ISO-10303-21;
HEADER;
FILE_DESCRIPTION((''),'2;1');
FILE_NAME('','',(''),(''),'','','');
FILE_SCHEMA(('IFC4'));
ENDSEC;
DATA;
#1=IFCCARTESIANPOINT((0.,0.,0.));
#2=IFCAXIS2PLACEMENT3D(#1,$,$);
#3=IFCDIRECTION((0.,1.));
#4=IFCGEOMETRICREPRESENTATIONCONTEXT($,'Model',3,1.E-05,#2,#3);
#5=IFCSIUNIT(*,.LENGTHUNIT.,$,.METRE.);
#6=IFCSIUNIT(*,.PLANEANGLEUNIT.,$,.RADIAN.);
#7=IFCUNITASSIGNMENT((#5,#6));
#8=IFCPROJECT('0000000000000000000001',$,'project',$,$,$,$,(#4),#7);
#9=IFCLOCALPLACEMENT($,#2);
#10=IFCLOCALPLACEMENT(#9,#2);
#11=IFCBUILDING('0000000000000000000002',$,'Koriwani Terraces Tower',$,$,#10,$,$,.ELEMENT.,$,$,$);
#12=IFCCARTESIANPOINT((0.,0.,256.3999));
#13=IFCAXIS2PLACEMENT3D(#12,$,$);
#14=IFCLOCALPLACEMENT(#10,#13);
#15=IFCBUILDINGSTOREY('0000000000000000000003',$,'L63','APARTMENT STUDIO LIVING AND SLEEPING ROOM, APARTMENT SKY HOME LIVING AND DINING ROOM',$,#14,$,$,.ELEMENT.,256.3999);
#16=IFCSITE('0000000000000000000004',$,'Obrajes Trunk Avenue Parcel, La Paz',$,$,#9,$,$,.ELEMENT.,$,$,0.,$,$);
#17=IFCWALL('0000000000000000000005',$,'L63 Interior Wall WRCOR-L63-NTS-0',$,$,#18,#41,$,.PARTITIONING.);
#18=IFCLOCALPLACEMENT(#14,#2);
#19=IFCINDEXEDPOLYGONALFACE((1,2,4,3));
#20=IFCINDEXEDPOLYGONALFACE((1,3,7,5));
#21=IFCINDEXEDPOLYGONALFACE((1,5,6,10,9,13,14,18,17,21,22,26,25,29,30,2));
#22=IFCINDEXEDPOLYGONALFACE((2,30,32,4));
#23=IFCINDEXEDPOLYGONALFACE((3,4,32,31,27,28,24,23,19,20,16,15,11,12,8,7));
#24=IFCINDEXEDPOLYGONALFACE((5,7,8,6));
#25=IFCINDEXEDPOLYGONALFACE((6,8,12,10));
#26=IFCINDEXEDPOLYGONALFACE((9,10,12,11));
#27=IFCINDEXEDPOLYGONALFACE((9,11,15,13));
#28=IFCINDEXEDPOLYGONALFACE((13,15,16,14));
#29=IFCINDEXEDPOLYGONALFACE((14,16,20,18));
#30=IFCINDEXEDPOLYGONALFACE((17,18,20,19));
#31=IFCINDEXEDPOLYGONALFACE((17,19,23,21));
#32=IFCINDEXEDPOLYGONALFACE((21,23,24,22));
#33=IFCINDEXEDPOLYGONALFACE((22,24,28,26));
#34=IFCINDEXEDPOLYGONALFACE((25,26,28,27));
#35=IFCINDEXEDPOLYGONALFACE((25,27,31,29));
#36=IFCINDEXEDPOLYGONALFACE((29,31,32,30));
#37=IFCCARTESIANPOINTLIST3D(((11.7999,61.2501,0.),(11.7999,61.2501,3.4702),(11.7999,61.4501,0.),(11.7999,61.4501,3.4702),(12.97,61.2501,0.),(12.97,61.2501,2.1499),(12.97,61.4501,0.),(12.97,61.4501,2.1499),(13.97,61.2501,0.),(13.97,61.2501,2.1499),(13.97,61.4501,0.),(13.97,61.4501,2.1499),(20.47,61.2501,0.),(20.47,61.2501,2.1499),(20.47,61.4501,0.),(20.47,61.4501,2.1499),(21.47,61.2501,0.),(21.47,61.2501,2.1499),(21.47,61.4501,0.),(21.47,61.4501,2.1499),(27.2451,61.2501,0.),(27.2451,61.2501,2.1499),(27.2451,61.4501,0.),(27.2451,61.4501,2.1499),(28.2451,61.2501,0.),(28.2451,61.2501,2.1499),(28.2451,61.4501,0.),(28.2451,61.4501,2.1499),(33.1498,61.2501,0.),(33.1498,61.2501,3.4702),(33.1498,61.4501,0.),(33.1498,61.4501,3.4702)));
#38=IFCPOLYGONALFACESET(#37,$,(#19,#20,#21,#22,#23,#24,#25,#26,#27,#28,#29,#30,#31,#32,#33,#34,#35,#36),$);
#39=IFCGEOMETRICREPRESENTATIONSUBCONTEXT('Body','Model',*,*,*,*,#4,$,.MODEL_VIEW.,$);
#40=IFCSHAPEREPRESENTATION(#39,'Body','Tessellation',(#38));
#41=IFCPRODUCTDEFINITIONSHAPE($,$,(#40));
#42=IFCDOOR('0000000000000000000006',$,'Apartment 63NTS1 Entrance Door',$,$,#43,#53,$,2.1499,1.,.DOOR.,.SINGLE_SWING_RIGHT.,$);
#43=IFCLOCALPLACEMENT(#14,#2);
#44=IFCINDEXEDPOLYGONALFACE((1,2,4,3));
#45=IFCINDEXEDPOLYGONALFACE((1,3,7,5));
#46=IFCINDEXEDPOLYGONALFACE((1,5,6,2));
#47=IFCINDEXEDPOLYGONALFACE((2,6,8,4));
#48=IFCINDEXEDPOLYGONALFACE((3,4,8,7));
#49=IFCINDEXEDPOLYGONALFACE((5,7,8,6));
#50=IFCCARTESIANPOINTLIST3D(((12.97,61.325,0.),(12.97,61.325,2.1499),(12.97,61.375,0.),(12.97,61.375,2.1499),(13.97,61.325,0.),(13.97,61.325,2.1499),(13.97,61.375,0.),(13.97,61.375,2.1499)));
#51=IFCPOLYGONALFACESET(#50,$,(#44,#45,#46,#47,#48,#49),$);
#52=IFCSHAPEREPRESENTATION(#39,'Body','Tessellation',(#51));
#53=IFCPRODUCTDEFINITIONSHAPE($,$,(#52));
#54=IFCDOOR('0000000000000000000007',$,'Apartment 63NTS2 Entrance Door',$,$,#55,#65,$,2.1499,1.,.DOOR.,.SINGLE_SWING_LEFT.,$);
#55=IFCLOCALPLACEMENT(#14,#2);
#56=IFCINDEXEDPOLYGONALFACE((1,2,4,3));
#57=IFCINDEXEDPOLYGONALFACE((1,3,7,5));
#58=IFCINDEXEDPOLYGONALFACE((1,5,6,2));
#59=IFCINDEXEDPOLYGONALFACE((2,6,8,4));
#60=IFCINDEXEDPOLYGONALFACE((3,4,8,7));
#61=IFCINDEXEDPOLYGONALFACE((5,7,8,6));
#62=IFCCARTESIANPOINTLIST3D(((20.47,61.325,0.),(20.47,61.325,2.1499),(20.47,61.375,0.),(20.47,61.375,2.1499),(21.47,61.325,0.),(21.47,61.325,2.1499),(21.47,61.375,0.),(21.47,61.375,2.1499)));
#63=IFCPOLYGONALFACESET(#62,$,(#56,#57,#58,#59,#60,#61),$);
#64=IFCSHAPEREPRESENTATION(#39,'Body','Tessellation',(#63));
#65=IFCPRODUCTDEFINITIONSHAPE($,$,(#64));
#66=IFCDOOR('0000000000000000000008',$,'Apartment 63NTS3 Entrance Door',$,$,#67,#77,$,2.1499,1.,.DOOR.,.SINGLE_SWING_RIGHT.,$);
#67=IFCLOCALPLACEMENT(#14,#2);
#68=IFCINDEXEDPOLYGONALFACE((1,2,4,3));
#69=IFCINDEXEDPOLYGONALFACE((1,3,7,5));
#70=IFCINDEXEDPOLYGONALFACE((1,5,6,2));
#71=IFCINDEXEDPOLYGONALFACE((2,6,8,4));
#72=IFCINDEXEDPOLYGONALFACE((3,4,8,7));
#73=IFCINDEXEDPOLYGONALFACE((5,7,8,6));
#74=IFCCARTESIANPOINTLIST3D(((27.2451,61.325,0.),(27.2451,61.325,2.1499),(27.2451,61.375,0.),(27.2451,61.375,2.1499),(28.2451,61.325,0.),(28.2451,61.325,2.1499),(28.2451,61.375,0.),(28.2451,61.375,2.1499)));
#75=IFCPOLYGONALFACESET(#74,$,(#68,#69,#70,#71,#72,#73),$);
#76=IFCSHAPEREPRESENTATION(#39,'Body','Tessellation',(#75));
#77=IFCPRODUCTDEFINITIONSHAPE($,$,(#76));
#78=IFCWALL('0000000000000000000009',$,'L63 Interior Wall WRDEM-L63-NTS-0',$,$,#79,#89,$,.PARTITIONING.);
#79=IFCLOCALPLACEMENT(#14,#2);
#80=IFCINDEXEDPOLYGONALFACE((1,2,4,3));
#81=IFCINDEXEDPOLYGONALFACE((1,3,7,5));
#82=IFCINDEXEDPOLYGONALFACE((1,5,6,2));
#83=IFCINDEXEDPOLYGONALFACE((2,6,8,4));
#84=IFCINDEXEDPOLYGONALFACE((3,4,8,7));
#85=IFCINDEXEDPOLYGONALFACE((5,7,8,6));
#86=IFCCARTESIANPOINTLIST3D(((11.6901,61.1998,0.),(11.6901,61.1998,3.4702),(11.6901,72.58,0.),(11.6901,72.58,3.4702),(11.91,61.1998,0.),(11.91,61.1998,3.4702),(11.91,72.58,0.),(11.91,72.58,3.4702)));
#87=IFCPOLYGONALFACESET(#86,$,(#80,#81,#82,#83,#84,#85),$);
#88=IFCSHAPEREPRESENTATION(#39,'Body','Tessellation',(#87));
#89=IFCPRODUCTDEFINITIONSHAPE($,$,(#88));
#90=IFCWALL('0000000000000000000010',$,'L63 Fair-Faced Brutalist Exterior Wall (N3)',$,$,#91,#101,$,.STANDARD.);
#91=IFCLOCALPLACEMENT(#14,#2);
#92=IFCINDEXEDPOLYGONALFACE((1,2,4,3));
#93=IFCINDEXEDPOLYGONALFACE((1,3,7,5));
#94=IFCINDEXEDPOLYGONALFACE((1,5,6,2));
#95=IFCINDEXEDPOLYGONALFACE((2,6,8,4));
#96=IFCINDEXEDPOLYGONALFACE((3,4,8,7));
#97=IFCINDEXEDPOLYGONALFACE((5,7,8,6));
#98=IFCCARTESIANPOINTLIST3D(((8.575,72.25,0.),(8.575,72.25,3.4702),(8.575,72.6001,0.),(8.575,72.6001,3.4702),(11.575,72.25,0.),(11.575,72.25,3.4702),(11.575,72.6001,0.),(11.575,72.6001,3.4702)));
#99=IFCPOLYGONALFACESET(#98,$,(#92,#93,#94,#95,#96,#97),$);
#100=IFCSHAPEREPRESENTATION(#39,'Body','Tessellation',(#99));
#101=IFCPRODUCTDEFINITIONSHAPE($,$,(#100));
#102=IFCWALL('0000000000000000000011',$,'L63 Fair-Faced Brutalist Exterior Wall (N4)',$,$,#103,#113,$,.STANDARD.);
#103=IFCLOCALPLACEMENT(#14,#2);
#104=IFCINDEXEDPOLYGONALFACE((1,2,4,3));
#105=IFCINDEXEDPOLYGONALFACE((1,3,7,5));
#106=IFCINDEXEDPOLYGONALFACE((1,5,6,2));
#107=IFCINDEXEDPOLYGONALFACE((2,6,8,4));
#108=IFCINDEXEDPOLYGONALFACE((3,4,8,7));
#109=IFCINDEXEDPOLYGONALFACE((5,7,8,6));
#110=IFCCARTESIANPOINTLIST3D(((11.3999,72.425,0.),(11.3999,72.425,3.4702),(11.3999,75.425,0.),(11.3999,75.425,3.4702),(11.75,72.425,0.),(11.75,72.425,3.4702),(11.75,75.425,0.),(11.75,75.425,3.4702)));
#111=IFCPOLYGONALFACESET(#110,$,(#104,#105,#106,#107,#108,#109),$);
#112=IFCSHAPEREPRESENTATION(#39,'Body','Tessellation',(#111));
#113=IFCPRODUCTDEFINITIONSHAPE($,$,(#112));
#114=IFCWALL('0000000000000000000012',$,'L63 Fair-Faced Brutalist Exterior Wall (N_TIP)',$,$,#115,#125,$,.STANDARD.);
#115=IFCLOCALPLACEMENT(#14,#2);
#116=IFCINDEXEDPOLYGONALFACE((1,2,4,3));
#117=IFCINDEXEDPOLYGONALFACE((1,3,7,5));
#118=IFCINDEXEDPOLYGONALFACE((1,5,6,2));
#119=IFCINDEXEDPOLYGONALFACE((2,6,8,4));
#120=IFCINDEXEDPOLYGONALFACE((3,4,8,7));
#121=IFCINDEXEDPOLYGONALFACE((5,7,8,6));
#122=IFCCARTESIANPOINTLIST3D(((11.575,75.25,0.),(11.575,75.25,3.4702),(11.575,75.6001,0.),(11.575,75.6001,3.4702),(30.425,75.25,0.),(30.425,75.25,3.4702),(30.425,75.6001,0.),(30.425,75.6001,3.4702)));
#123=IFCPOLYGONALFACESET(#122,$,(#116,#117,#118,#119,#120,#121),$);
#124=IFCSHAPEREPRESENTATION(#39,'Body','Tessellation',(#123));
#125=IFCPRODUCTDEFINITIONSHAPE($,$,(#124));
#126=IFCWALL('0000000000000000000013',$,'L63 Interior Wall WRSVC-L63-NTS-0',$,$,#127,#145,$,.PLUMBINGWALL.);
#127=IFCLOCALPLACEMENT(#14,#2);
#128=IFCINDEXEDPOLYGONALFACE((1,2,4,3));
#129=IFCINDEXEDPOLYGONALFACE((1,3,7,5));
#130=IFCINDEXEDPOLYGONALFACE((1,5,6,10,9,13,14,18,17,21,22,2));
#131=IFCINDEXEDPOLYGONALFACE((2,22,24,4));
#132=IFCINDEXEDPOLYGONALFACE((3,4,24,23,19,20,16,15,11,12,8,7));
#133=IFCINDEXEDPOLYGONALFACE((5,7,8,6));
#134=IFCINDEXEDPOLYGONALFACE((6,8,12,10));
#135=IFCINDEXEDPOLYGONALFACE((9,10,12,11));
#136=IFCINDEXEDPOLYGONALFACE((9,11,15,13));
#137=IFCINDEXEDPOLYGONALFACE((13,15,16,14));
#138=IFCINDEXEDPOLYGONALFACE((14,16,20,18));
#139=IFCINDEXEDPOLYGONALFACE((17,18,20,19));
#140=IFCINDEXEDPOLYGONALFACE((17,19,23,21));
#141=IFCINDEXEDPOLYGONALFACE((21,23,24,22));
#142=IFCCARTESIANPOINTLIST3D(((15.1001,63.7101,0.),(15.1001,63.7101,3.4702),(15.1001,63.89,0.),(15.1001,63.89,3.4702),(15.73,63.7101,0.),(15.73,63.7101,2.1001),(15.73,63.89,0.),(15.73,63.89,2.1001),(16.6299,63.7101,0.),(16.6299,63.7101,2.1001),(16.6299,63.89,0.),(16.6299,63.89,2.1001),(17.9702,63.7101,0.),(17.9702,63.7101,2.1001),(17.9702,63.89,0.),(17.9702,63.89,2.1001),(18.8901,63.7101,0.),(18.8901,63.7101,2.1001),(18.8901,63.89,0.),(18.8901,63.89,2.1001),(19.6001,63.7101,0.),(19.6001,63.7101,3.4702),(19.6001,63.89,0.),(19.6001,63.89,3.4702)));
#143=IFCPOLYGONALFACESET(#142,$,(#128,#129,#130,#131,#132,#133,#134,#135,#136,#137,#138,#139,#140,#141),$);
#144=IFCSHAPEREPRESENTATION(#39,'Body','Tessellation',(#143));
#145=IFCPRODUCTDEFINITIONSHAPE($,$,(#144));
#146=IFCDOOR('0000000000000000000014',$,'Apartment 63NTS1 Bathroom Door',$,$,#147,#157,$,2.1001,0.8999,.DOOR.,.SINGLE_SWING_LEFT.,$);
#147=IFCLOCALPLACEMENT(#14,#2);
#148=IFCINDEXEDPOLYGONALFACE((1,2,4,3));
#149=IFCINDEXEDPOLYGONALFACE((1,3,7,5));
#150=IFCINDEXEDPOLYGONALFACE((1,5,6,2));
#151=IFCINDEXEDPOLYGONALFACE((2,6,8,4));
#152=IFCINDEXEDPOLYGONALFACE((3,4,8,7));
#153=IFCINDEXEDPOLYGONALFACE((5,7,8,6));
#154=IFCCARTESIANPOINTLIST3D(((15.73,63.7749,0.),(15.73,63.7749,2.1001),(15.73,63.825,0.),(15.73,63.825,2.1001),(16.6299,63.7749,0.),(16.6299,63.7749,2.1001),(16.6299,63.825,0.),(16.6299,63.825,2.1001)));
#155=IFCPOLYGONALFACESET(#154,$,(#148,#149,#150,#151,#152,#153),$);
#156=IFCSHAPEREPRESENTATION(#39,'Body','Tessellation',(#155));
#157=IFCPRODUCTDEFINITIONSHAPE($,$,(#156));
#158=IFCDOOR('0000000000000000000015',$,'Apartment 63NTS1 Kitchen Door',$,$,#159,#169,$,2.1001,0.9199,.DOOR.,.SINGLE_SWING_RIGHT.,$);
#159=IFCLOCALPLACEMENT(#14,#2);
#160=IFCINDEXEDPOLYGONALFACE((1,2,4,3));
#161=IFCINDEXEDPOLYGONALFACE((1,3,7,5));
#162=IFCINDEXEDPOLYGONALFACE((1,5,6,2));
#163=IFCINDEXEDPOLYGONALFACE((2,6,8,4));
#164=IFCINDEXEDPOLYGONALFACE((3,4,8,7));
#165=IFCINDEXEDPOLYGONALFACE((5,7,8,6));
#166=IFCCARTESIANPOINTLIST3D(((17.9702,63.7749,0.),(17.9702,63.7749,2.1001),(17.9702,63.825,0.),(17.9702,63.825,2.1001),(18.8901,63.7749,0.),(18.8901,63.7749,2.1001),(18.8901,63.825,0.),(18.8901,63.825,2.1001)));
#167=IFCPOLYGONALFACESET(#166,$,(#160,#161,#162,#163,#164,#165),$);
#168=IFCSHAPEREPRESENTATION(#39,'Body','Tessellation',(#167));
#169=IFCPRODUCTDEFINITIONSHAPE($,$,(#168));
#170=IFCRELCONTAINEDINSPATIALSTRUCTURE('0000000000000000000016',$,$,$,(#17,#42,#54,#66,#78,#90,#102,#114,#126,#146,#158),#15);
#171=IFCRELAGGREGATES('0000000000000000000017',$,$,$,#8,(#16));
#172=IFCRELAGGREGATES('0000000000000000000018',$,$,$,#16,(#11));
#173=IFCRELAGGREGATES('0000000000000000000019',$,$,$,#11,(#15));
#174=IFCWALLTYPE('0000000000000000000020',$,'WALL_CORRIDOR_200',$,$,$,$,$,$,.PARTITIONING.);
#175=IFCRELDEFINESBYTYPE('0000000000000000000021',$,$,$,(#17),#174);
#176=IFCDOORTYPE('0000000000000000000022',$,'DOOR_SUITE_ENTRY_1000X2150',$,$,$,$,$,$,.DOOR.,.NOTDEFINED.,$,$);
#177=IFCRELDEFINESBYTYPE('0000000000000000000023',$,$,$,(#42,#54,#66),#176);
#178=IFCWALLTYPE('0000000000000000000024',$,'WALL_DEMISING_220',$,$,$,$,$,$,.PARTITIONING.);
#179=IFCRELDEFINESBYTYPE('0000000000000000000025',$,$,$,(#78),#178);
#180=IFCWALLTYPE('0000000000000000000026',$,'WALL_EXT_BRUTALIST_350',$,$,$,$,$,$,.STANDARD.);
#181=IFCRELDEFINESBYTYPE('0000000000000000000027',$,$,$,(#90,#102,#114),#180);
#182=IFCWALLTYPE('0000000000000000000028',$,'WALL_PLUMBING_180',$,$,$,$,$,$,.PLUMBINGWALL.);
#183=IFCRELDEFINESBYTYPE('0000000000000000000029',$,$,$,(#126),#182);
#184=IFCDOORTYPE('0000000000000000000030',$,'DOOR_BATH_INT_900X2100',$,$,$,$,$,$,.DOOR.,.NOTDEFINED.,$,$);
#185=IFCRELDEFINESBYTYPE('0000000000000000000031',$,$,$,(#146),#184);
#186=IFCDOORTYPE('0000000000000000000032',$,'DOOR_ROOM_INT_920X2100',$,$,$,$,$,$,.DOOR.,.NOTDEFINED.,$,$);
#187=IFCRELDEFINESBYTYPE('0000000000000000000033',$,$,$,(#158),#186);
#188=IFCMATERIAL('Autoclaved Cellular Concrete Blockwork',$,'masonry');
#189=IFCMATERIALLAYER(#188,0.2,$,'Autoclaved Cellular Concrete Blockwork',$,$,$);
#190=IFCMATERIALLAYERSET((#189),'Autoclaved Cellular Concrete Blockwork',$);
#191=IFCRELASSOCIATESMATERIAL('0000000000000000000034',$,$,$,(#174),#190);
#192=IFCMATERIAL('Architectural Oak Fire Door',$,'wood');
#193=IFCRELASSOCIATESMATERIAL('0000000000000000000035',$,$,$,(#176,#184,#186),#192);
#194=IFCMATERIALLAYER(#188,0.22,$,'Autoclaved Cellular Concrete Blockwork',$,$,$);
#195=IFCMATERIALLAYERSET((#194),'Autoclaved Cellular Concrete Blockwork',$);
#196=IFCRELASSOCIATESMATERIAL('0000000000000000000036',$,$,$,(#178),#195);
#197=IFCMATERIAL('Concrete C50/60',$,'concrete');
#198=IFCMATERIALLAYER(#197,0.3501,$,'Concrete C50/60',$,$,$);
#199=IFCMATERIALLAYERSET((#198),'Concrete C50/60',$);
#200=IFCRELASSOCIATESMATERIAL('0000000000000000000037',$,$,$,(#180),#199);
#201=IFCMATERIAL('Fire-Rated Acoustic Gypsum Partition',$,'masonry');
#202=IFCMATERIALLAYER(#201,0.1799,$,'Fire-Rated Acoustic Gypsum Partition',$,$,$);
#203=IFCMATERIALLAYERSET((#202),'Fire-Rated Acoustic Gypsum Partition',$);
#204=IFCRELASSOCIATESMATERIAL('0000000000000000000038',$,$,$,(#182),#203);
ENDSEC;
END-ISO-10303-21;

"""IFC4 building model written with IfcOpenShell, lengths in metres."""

from ifc_helpers import new_model, si_unit, direction, frame, frame_2d, origin, place, context, subcontext, project, spatial, rectangle, extrude, material, layer, layer_set, type_object, element, fill, save


model = new_model("IFC4")

# Units and contexts
model_context = context("Model", 3, precision=1e-05, world=origin(), true_north=direction((0.0, 1.0)))
body_context = subcontext(model_context, "Body", "Model", "MODEL_VIEW")
ifc_project = project(units=[si_unit("LENGTHUNIT", "METRE"), si_unit("PLANEANGLEUNIT", "RADIAN")], contexts=[model_context])

# Site, building, storey
site_placement = place(None, origin())
site = spatial("IfcSite", under=ifc_project, at=site_placement, Name="Obrajes Trunk Avenue Parcel, La Paz", CompositionType="ELEMENT", RefElevation=0.0)
building_placement = place(site_placement, origin())
building = spatial("IfcBuilding", under=site, at=building_placement, Name="Koriwani Terraces Tower", CompositionType="ELEMENT")
storey_placement = place(building_placement, frame((0.0, 0.0, 256.3999)))
storey = spatial("IfcBuildingStorey", under=building, at=storey_placement, Name="L63", Description="APARTMENT STUDIO LIVING AND SLEEPING ROOM, APARTMENT SKY HOME LIVING AND DINING ROOM", CompositionType="ELEMENT", Elevation=256.3999)

# Shared definitions
ifc_material_1 = material(Name="Concrete C50/60", Category="concrete")

# Shared definitions
ifc_material_2 = material(Name="Autoclaved Cellular Concrete Blockwork", Category="masonry")
ifc_layer_1 = layer(ifc_material_2, 0.2, Name="Autoclaved Cellular Concrete Blockwork")
ifc_layer_set_1 = layer_set([ifc_layer_1], Name="Autoclaved Cellular Concrete Blockwork")
wall_type_1 = type_object("IfcWallType", Name="WALL_CORRIDOR_200", PredefinedType="PARTITIONING", material=ifc_layer_set_1)
ifc_material_3 = material(Name="Architectural Oak Fire Door", Category="wood")
door_type_1 = type_object("IfcDoorType", Name="DOOR_SUITE_ENTRY_1000X2150", OperationType="NOTDEFINED", PredefinedType="DOOR", material=ifc_material_3)

# Wall, openings, doors
wall_1_placement = place(storey_placement, frame((11.8, 61.3501, 0.0), z_axis=(0.0, 0.0, 1.0), x_axis=(1.0, 0.0, 0.0)))
wall_1 = element("IfcWall", 1, at=wall_1_placement, inside=storey, type_object=wall_type_1, Name="L63 Interior Wall WRCOR-L63-NTS-0", PredefinedType="PARTITIONING", context=body_context, shape_type="SweptSolid", body=[
    extrude(rectangle(XDim=21.3499, YDim=0.2, at=frame_2d((10.6748, 0.0))), origin(), (0.0, 0.0, 1.0), 3.4702),
])
opening_1_placement = place(wall_1_placement, frame((1.1699, 0.0, 0.0)))
opening_1 = element("IfcOpeningElement", 2, at=opening_1_placement, cuts=wall_1, PredefinedType="OPENING", context=body_context, shape_type="SweptSolid", body=[
    extrude(rectangle(XDim=1.0, YDim=2.1499, at=frame_2d((0.5, 1.075))), frame((0.0, 0.1099, 0.0), z_axis=(0.0, -1.0, 0.0), x_axis=(1.0, 0.0, 0.0)), (0.0, 0.0, 1.0), 0.22),
])
opening_2_placement = place(wall_1_placement, frame((8.6699, 0.0, 0.0)))
opening_2 = element("IfcOpeningElement", 3, at=opening_2_placement, cuts=wall_1, PredefinedType="OPENING", context=body_context, shape_type="SweptSolid", body=[
    extrude(rectangle(XDim=1.0, YDim=2.1499, at=frame_2d((0.5, 1.075))), frame((0.0, 0.1099, 0.0), z_axis=(0.0, -1.0, 0.0), x_axis=(1.0, 0.0, 0.0)), (0.0, 0.0, 1.0), 0.22),
])
opening_3_placement = place(wall_1_placement, frame((15.4451, 0.0, 0.0)))
opening_3 = element("IfcOpeningElement", 4, at=opening_3_placement, cuts=wall_1, PredefinedType="OPENING", context=body_context, shape_type="SweptSolid", body=[
    extrude(rectangle(XDim=1.0, YDim=2.1499, at=frame_2d((0.5, 1.075))), frame((0.0, 0.1099, 0.0), z_axis=(0.0, -1.0, 0.0), x_axis=(1.0, 0.0, 0.0)), (0.0, 0.0, 1.0), 0.22),
])
door_1_placement = place(opening_1_placement, origin())
door_1 = element("IfcDoor", 5, at=door_1_placement, inside=storey, type_object=door_type_1, Name="Apartment 63NTS1 Entrance Door", OperationType="SINGLE_SWING_RIGHT", OverallHeight=2.1499, OverallWidth=1.0, PredefinedType="DOOR", context=body_context, shape_type="SweptSolid", body=[
    extrude(rectangle(XDim=1.0, YDim=2.1499, at=frame_2d((0.5, 1.075))), frame((0.0, 0.0249, 0.0), z_axis=(0.0, -1.0, 0.0), x_axis=(1.0, 0.0, 0.0)), (0.0, 0.0, 1.0), 0.05),
])
fill(opening_1, door_1)
door_2_placement = place(opening_2_placement, origin())
door_2 = element("IfcDoor", 6, at=door_2_placement, inside=storey, type_object=door_type_1, Name="Apartment 63NTS2 Entrance Door", OperationType="SINGLE_SWING_LEFT", OverallHeight=2.1499, OverallWidth=1.0, PredefinedType="DOOR", context=body_context, shape_type="SweptSolid", body=[
    extrude(rectangle(XDim=1.0, YDim=2.1499, at=frame_2d((0.5, 1.075))), frame((0.0, 0.0249, 0.0), z_axis=(0.0, -1.0, 0.0), x_axis=(1.0, 0.0, 0.0)), (0.0, 0.0, 1.0), 0.05),
])
fill(opening_2, door_2)
door_3_placement = place(opening_3_placement, origin())
door_3 = element("IfcDoor", 7, at=door_3_placement, inside=storey, type_object=door_type_1, Name="Apartment 63NTS3 Entrance Door", OperationType="SINGLE_SWING_RIGHT", OverallHeight=2.1499, OverallWidth=1.0, PredefinedType="DOOR", context=body_context, shape_type="SweptSolid", body=[
    extrude(rectangle(XDim=1.0, YDim=2.1499, at=frame_2d((0.5, 1.075))), frame((0.0, 0.0249, 0.0), z_axis=(0.0, -1.0, 0.0), x_axis=(1.0, 0.0, 0.0)), (0.0, 0.0, 1.0), 0.05),
])
fill(opening_3, door_3)

# Walls
ifc_layer_2 = layer(ifc_material_2, 0.22, Name="Autoclaved Cellular Concrete Blockwork")
ifc_layer_set_2 = layer_set([ifc_layer_2], Name="Autoclaved Cellular Concrete Blockwork")
wall_type_2 = type_object("IfcWallType", Name="WALL_DEMISING_220", PredefinedType="PARTITIONING", material=ifc_layer_set_2)
wall_2_placement = place(storey_placement, frame((11.8, 61.2, 0.0), z_axis=(0.0, 0.0, 1.0), x_axis=(0.0, 1.0, 0.0)))
element("IfcWall", 8, at=wall_2_placement, inside=storey, type_object=wall_type_2, Name="L63 Interior Wall WRDEM-L63-NTS-0", PredefinedType="PARTITIONING", context=body_context, shape_type="SweptSolid", body=[
    extrude(rectangle(XDim=11.3801, YDim=0.22, at=frame_2d((5.6899, 0.0))), origin(), (0.0, 0.0, 1.0), 3.4702),
])
ifc_layer_3 = layer(ifc_material_1, 0.3501, Name="Concrete C50/60")
ifc_layer_set_3 = layer_set([ifc_layer_3], Name="Concrete C50/60")
wall_type_3 = type_object("IfcWallType", Name="WALL_EXT_BRUTALIST_350", PredefinedType="STANDARD", material=ifc_layer_set_3)
for number, where, z_axis, x_axis, name in (
    (9, (8.575, 72.425, 0.0), (0.0, 0.0, 1.0), (1.0, 0.0, 0.0), "L63 Fair-Faced Brutalist Exterior Wall (N3)"),
    (10, (11.575, 72.425, 0.0), (0.0, 0.0, 1.0), (0.0, 1.0, 0.0), "L63 Fair-Faced Brutalist Exterior Wall (N4)"),
):
    element("IfcWall", number, at=place(storey_placement, frame(where, z_axis=z_axis, x_axis=x_axis)), inside=storey, type_object=wall_type_3, Name=name, PredefinedType="STANDARD", context=body_context, shape_type="SweptSolid", body=[
        extrude(rectangle(XDim=3.0, YDim=0.3501, at=frame_2d((1.5, 0.0))), origin(), (0.0, 0.0, 1.0), 3.4702),
    ])
wall_3_placement = place(storey_placement, frame((11.575, 75.425, 0.0), z_axis=(0.0, 0.0, 1.0), x_axis=(1.0, 0.0, 0.0)))
element("IfcWall", 11, at=wall_3_placement, inside=storey, type_object=wall_type_3, Name="L63 Fair-Faced Brutalist Exterior Wall (N_TIP)", PredefinedType="STANDARD", context=body_context, shape_type="SweptSolid", body=[
    extrude(rectangle(XDim=18.8501, YDim=0.3501, at=frame_2d((9.425, 0.0))), origin(), (0.0, 0.0, 1.0), 3.4702),
])

# Wall, openings, doors
ifc_material_4 = material(Name="Fire-Rated Acoustic Gypsum Partition", Category="masonry")
ifc_layer_4 = layer(ifc_material_4, 0.1799, Name="Fire-Rated Acoustic Gypsum Partition")
ifc_layer_set_4 = layer_set([ifc_layer_4], Name="Fire-Rated Acoustic Gypsum Partition")
wall_type_4 = type_object("IfcWallType", Name="WALL_PLUMBING_180", PredefinedType="PLUMBINGWALL", material=ifc_layer_set_4)
wall_4_placement = place(storey_placement, frame((15.1001, 63.8, 0.0), z_axis=(0.0, 0.0, 1.0), x_axis=(1.0, 0.0, 0.0)))
wall_4 = element("IfcWall", 12, at=wall_4_placement, inside=storey, type_object=wall_type_4, Name="L63 Interior Wall WRSVC-L63-NTS-0", PredefinedType="PLUMBINGWALL", context=body_context, shape_type="SweptSolid", body=[
    extrude(rectangle(XDim=4.5, YDim=0.1799, at=frame_2d((2.25, 0.0))), origin(), (0.0, 0.0, 1.0), 3.4702),
])
opening_4_placement = place(wall_4_placement, frame((0.6299, 0.0, 0.0)))
opening_4 = element("IfcOpeningElement", 13, at=opening_4_placement, cuts=wall_4, PredefinedType="OPENING", context=body_context, shape_type="SweptSolid", body=[
    extrude(rectangle(XDim=0.8999, YDim=2.1001, at=frame_2d((0.45, 1.05))), frame((0.0, 0.1001, 0.0), z_axis=(0.0, -1.0, 0.0), x_axis=(1.0, 0.0, 0.0)), (0.0, 0.0, 1.0), 0.2),
])
opening_5_placement = place(wall_4_placement, frame((2.8701, 0.0, 0.0)))
opening_5 = element("IfcOpeningElement", 14, at=opening_5_placement, cuts=wall_4, PredefinedType="OPENING", context=body_context, shape_type="SweptSolid", body=[
    extrude(rectangle(XDim=0.9199, YDim=2.1001, at=frame_2d((0.46, 1.05))), frame((0.0, 0.1001, 0.0), z_axis=(0.0, -1.0, 0.0), x_axis=(1.0, 0.0, 0.0)), (0.0, 0.0, 1.0), 0.2),
])
door_type_2 = type_object("IfcDoorType", Name="DOOR_BATH_INT_900X2100", OperationType="NOTDEFINED", PredefinedType="DOOR", material=ifc_material_3)
door_4_placement = place(opening_4_placement, origin())
door_4 = element("IfcDoor", 15, at=door_4_placement, inside=storey, type_object=door_type_2, Name="Apartment 63NTS1 Bathroom Door", OperationType="SINGLE_SWING_LEFT", OverallHeight=2.1001, OverallWidth=0.8999, PredefinedType="DOOR", context=body_context, shape_type="SweptSolid", body=[
    extrude(rectangle(XDim=0.8999, YDim=2.1001, at=frame_2d((0.45, 1.05))), frame((0.0, 0.0249, 0.0), z_axis=(0.0, -1.0, 0.0), x_axis=(1.0, 0.0, 0.0)), (0.0, 0.0, 1.0), 0.05),
])
fill(opening_4, door_4)
door_type_3 = type_object("IfcDoorType", Name="DOOR_ROOM_INT_920X2100", OperationType="NOTDEFINED", PredefinedType="DOOR", material=ifc_material_3)
door_5_placement = place(opening_5_placement, origin())
door_5 = element("IfcDoor", 16, at=door_5_placement, inside=storey, type_object=door_type_3, Name="Apartment 63NTS1 Kitchen Door", OperationType="SINGLE_SWING_RIGHT", OverallHeight=2.1001, OverallWidth=0.9199, PredefinedType="DOOR", context=body_context, shape_type="SweptSolid", body=[
    extrude(rectangle(XDim=0.9199, YDim=2.1001, at=frame_2d((0.46, 1.05))), frame((0.0, 0.0249, 0.0), z_axis=(0.0, -1.0, 0.0), x_axis=(1.0, 0.0, 0.0)), (0.0, 0.0, 1.0), 0.05),
])
fill(opening_5, door_5)

save(model, "model.ifc")
